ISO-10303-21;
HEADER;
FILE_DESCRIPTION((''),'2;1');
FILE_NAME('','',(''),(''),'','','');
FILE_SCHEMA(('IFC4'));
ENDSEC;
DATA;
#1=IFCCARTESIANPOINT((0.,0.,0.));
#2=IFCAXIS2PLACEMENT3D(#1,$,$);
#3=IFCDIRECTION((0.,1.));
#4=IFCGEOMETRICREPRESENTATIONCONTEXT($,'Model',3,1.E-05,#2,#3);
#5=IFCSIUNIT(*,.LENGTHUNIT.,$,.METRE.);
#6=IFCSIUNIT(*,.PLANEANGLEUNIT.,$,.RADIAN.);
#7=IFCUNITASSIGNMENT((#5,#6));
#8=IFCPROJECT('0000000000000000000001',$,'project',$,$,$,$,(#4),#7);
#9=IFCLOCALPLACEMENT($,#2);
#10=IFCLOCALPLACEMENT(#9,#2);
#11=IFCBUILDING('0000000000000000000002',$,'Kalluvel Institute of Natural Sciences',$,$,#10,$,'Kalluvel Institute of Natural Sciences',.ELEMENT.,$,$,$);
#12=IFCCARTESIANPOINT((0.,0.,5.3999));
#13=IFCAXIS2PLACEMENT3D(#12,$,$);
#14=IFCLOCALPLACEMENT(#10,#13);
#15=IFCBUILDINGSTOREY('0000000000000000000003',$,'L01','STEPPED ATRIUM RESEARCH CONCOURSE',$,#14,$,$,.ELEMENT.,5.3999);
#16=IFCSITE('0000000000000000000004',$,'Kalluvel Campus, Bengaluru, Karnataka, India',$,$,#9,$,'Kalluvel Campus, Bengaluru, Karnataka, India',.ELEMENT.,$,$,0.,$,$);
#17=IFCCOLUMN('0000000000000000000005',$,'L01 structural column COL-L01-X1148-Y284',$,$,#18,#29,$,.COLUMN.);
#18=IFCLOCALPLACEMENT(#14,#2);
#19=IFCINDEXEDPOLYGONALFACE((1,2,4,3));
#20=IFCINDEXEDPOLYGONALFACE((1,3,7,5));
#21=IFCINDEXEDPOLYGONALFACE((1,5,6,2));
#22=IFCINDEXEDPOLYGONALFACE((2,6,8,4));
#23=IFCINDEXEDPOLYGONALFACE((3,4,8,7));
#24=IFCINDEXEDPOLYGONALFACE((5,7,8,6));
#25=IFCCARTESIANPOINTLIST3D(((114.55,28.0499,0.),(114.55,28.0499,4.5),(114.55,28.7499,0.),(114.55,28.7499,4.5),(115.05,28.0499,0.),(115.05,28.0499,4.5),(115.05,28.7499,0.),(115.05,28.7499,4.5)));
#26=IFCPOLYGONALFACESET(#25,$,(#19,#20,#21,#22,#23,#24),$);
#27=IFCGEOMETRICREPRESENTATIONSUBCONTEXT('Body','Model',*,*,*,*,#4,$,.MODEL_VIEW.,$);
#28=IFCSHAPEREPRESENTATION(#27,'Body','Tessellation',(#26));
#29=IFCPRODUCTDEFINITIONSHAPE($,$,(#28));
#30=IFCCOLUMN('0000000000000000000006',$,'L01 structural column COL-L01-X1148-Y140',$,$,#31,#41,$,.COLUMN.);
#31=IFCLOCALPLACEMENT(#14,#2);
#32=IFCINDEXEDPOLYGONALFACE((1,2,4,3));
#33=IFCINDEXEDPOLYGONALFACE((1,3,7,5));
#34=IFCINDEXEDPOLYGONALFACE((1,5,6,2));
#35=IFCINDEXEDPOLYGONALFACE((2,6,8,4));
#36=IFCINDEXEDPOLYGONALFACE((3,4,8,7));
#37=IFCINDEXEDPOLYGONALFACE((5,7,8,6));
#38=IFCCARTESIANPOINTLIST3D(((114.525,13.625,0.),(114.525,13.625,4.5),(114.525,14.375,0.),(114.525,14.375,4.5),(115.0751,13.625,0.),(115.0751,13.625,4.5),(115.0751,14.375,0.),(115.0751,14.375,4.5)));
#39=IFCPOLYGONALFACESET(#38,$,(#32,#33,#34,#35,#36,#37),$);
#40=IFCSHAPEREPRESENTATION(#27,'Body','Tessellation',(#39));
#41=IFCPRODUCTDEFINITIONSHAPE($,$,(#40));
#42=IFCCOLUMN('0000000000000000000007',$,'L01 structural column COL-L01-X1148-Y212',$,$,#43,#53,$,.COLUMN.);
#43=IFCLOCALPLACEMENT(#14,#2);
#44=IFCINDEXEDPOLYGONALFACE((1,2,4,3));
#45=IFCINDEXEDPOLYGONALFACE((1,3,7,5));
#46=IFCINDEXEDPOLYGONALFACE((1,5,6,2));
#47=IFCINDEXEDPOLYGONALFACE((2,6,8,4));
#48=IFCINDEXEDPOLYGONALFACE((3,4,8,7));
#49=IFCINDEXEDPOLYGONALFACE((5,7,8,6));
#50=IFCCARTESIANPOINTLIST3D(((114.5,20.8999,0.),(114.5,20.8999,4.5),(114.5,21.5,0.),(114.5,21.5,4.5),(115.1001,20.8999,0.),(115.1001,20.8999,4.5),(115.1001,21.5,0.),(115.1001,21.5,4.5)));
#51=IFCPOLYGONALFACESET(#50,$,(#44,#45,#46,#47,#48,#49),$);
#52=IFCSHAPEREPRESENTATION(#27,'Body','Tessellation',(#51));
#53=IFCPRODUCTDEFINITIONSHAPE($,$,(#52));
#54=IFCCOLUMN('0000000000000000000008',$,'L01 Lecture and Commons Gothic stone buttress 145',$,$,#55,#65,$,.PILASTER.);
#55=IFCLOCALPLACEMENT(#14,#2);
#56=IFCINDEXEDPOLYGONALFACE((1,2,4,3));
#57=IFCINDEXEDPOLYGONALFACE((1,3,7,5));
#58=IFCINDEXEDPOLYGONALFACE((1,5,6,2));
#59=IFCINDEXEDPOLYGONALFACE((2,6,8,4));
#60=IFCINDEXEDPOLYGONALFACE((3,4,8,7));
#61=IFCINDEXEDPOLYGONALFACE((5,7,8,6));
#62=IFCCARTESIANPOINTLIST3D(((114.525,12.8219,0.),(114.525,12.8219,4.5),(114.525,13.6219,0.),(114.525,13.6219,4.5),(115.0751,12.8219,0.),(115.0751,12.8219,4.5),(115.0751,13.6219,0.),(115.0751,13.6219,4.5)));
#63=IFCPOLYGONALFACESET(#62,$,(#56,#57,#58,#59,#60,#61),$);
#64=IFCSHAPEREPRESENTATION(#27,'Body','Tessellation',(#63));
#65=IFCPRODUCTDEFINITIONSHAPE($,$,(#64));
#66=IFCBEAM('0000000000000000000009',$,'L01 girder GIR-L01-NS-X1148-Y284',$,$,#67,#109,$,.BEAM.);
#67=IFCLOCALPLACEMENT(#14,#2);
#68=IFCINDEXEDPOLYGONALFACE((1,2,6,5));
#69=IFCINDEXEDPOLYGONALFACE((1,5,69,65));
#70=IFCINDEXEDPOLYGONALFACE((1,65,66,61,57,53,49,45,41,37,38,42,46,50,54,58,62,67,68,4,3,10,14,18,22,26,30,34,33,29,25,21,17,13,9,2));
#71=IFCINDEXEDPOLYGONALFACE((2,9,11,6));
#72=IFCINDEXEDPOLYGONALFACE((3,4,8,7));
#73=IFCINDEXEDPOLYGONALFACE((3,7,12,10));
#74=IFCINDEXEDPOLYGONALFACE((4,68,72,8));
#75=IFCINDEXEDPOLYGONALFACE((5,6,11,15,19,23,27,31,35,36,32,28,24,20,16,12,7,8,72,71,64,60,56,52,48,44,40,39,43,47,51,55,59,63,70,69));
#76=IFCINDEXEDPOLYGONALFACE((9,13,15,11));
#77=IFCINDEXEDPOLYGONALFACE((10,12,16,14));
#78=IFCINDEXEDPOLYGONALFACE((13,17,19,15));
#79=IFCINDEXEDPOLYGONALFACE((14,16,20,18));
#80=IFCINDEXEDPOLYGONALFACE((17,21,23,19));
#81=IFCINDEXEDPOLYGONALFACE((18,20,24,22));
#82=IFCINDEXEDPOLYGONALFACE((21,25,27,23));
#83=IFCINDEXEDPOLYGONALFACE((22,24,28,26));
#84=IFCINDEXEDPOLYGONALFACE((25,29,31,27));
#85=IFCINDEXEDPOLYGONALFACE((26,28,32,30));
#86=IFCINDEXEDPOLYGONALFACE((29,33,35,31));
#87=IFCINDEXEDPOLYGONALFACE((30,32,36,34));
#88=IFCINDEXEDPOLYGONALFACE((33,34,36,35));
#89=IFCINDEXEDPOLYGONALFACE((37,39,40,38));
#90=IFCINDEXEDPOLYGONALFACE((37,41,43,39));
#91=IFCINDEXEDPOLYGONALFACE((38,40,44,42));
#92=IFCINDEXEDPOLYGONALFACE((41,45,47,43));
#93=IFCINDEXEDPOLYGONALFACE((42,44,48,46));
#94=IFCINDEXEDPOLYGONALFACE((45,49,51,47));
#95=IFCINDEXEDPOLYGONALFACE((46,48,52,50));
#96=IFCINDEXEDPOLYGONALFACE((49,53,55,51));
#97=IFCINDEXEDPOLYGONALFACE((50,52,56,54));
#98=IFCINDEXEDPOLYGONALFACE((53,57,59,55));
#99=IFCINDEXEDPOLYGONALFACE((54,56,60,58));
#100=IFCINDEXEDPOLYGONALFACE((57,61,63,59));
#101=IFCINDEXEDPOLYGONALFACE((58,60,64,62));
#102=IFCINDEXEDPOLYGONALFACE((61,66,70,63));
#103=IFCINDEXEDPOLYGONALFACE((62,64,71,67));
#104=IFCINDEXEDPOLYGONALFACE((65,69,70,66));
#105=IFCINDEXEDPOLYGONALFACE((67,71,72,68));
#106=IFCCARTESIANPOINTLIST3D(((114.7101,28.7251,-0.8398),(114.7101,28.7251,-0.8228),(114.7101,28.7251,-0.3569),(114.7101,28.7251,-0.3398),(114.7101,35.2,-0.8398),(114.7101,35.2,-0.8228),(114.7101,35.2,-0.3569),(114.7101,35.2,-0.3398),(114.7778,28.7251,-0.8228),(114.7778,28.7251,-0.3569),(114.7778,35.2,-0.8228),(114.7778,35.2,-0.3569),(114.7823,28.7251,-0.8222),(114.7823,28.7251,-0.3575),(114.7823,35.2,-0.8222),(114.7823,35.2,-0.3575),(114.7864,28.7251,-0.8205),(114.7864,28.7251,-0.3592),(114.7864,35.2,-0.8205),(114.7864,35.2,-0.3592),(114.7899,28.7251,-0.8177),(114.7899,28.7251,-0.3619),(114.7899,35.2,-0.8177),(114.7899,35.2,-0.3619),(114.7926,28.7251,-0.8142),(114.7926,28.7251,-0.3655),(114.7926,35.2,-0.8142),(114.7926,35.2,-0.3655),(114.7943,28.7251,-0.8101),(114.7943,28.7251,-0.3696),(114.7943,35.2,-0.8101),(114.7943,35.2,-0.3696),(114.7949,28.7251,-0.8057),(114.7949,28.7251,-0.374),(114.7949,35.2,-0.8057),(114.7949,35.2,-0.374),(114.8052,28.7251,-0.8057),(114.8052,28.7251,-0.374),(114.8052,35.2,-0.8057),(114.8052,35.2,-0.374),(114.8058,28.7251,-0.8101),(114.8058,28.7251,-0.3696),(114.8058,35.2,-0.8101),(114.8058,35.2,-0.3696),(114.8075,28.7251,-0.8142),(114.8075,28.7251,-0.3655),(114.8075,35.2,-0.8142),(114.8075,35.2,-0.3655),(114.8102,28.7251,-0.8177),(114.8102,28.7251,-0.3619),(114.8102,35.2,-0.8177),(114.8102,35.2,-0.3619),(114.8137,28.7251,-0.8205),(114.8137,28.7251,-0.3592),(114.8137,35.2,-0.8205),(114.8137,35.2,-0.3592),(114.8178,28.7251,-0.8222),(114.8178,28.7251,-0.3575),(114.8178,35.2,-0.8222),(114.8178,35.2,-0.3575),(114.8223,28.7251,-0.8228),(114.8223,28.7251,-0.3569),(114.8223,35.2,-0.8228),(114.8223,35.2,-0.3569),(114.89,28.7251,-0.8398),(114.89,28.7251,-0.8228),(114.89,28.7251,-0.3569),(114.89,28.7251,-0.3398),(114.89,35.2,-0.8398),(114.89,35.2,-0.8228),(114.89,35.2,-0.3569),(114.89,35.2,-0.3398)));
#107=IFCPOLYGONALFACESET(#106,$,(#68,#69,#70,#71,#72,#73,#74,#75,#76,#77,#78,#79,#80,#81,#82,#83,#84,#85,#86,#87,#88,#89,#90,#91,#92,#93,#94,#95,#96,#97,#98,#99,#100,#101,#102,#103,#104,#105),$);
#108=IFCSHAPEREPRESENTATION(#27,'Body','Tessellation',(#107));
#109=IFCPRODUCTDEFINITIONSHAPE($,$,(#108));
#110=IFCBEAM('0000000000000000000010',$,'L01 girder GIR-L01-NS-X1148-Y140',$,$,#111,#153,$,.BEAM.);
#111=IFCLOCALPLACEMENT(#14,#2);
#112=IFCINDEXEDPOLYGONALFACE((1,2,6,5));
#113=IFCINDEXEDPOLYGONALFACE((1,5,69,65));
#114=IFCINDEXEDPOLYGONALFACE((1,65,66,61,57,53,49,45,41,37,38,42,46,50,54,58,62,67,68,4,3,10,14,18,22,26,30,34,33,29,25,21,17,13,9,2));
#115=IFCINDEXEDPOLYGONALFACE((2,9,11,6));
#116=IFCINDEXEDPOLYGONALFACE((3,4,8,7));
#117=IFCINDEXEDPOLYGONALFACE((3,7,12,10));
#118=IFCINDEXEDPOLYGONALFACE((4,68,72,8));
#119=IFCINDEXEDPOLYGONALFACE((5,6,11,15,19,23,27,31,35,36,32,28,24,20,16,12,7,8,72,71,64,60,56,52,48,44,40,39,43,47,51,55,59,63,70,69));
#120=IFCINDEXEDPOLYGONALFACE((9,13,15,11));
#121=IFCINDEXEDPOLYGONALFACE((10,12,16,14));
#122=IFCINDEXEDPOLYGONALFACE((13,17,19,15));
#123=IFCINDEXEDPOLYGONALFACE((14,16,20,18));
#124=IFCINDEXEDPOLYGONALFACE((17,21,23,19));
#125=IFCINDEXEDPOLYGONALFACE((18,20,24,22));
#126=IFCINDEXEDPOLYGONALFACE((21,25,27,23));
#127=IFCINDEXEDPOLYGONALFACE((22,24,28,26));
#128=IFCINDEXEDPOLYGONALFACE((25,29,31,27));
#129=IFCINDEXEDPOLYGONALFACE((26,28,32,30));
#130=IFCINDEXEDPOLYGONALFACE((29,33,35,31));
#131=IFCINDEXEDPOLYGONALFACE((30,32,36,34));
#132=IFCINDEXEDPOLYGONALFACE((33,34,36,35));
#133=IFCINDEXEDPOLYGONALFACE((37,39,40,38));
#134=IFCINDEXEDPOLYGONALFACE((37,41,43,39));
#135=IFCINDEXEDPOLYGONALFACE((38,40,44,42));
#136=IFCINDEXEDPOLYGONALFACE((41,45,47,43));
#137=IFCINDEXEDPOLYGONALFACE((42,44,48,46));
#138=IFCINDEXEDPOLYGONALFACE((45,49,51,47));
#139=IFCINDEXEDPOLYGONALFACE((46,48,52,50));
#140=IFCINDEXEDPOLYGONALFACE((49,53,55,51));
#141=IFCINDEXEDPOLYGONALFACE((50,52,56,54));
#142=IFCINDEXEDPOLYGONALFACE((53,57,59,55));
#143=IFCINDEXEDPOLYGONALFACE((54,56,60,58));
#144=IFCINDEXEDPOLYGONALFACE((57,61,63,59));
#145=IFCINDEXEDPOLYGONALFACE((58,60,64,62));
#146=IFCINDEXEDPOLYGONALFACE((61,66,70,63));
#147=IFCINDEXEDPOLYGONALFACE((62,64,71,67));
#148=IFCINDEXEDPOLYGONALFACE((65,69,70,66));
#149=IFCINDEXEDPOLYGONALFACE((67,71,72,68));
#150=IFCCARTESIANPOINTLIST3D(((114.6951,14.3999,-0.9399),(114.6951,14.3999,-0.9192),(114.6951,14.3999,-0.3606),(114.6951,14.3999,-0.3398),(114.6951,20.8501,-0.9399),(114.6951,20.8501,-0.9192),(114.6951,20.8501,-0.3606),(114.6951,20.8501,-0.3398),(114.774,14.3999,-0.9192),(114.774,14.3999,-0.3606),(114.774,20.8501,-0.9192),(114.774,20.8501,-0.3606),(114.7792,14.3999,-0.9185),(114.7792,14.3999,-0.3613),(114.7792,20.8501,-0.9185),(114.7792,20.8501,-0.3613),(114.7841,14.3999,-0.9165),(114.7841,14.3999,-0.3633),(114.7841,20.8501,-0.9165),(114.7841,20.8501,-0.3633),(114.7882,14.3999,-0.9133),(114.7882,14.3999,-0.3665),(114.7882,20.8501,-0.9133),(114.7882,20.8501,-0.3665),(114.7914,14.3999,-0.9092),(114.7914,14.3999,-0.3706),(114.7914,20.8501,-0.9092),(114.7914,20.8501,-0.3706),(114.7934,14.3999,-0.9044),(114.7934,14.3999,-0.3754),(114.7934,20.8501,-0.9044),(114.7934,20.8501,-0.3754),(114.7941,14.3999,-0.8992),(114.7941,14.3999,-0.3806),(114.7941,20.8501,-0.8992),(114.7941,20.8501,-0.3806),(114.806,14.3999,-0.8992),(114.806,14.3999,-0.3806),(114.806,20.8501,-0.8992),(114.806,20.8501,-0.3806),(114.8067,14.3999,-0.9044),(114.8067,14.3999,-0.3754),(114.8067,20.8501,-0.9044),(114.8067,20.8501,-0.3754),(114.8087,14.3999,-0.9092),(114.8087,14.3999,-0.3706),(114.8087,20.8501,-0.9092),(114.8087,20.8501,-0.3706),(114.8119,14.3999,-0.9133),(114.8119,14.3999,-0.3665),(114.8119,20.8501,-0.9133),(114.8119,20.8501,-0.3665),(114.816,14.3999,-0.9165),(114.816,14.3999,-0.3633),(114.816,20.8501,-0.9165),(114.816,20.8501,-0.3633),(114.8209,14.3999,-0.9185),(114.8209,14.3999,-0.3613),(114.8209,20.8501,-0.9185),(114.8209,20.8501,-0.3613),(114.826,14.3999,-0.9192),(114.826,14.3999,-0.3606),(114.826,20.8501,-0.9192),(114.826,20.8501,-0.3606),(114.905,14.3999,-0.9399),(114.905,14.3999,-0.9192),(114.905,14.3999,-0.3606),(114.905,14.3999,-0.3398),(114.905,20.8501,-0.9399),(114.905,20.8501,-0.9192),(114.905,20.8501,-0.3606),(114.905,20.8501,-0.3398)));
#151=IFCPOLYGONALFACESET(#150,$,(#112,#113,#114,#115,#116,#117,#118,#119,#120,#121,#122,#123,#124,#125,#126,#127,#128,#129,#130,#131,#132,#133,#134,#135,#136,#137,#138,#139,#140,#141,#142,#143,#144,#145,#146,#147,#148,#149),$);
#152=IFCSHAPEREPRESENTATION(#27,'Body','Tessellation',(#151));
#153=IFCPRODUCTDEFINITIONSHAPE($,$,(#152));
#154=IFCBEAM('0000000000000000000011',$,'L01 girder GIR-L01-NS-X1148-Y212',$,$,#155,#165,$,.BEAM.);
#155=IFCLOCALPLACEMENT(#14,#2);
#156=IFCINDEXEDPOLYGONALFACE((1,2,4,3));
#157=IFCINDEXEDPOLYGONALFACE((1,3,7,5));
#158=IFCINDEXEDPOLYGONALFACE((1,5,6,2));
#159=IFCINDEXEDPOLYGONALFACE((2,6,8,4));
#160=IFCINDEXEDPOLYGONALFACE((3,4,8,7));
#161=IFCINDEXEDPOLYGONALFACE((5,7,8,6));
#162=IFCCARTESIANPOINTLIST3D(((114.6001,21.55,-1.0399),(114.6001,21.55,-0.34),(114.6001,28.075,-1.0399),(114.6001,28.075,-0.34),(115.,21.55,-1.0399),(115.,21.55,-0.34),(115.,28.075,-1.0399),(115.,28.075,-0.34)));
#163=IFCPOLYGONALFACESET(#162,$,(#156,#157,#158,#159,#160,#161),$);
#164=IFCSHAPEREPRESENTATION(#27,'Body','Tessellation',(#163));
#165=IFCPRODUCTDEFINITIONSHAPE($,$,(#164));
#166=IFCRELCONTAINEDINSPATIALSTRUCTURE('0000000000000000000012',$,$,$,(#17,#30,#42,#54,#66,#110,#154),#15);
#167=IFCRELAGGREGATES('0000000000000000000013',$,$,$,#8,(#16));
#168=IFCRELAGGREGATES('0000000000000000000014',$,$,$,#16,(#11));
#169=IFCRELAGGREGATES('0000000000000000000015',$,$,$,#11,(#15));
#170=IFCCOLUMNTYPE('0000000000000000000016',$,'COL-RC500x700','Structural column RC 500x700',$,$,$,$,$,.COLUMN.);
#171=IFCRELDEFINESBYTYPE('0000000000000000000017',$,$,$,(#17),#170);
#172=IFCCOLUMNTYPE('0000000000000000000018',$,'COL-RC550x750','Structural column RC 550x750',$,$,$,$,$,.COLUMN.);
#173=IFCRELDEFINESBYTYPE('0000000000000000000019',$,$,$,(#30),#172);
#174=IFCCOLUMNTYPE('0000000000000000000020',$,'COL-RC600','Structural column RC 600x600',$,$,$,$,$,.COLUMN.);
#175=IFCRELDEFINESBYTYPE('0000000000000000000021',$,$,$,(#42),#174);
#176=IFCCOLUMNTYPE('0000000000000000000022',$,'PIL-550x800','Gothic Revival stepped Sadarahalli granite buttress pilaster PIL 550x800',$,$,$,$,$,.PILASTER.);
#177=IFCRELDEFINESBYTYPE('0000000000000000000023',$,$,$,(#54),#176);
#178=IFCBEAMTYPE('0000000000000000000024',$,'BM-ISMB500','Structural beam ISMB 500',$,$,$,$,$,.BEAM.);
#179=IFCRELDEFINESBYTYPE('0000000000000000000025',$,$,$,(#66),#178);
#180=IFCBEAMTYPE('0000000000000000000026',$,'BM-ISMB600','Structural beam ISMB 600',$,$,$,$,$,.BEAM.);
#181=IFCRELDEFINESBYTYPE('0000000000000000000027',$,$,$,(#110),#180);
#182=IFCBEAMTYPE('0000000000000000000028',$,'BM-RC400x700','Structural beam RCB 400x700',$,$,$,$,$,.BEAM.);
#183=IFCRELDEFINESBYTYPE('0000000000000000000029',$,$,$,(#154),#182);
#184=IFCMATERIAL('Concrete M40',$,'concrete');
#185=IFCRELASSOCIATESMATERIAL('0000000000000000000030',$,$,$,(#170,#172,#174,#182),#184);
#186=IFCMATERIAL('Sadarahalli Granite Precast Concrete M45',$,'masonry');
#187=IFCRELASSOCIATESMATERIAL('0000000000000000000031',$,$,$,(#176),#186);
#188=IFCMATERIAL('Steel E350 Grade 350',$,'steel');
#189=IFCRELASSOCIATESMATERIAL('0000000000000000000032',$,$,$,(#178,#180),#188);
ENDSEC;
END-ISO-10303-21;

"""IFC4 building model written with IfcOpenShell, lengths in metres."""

from ifc_helpers import new_model, si_unit, direction, frame, origin, origin_2d, place, context, subcontext, project, spatial, rectangle, i_section, extrude, material, material_profile, profile_set, type_object, element, save


model = new_model("IFC4")

# Units and contexts
model_context = context("Model", 3, precision=1e-05, world=origin(), true_north=direction((0.0, 1.0)))
body_context = subcontext(model_context, "Body", "Model", "MODEL_VIEW")
ifc_project = project(units=[si_unit("LENGTHUNIT", "METRE"), si_unit("PLANEANGLEUNIT", "RADIAN")], contexts=[model_context])

# Site, building, storey
site_placement = place(None, origin())
site = spatial("IfcSite", under=ifc_project, at=site_placement, Name="Kalluvel Campus, Bengaluru, Karnataka, India", LongName="Kalluvel Campus, Bengaluru, Karnataka, India", CompositionType="ELEMENT", RefElevation=0.0)
building_placement = place(site_placement, origin())
building = spatial("IfcBuilding", under=site, at=building_placement, Name="Kalluvel Institute of Natural Sciences", LongName="Kalluvel Institute of Natural Sciences", CompositionType="ELEMENT")
storey_placement = place(building_placement, frame((0.0, 0.0, 5.3999)))
storey = spatial("IfcBuildingStorey", under=building, at=storey_placement, Name="L01", Description="STEPPED ATRIUM RESEARCH CONCOURSE", CompositionType="ELEMENT", Elevation=5.3999)

# Columns
ifc_material_1 = material(Name="Concrete M40", Category="concrete")
ifc_material_profile_1 = material_profile(ifc_material_1, rectangle(XDim=0.5, YDim=0.7, at=origin_2d()), Name="RC 500x700")
ifc_profile_set_1 = profile_set([ifc_material_profile_1], Name="Concrete M40")
column_type_1 = type_object("IfcColumnType", Name="COL-RC500x700", Description="Structural column RC 500x700", PredefinedType="COLUMN", material=ifc_profile_set_1)
column_1_placement = place(storey_placement, frame((114.8, 28.3999, 0.0), z_axis=(0.0, 0.0, 1.0), x_axis=(1.0, 0.0, 0.0)))
element("IfcColumn", 1, at=column_1_placement, inside=storey, type_object=column_type_1, Name="L01 structural column COL-L01-X1148-Y284", PredefinedType="COLUMN", context=body_context, shape_type="SweptSolid", body=[
    extrude(rectangle(XDim=0.5, YDim=0.7, at=origin_2d()), origin(), (0.0, 0.0, 1.0), 4.5),
])
ifc_material_profile_2 = material_profile(ifc_material_1, rectangle(XDim=0.55, YDim=0.75, at=origin_2d()), Name="RC 550x750")
ifc_profile_set_2 = profile_set([ifc_material_profile_2], Name="Concrete M40")
column_type_2 = type_object("IfcColumnType", Name="COL-RC550x750", Description="Structural column RC 550x750", PredefinedType="COLUMN", material=ifc_profile_set_2)
column_2_placement = place(storey_placement, frame((114.8, 14.0, 0.0), z_axis=(0.0, 0.0, 1.0), x_axis=(1.0, 0.0, 0.0)))
element("IfcColumn", 2, at=column_2_placement, inside=storey, type_object=column_type_2, Name="L01 structural column COL-L01-X1148-Y140", PredefinedType="COLUMN", context=body_context, shape_type="SweptSolid", body=[
    extrude(rectangle(XDim=0.55, YDim=0.75, at=origin_2d()), origin(), (0.0, 0.0, 1.0), 4.5),
])
ifc_material_profile_3 = material_profile(ifc_material_1, rectangle(XDim=0.6001, YDim=0.6001, at=origin_2d()), Name="RC 600x600")
ifc_profile_set_3 = profile_set([ifc_material_profile_3], Name="Concrete M40")
column_type_3 = type_object("IfcColumnType", Name="COL-RC600", Description="Structural column RC 600x600", PredefinedType="COLUMN", material=ifc_profile_set_3)
column_3_placement = place(storey_placement, frame((114.8, 21.2, 0.0), z_axis=(0.0, 0.0, 1.0), x_axis=(1.0, 0.0, 0.0)))
element("IfcColumn", 3, at=column_3_placement, inside=storey, type_object=column_type_3, Name="L01 structural column COL-L01-X1148-Y212", PredefinedType="COLUMN", context=body_context, shape_type="SweptSolid", body=[
    extrude(rectangle(XDim=0.6001, YDim=0.6001, at=origin_2d()), origin(), (0.0, 0.0, 1.0), 4.5),
])
ifc_material_2 = material(Name="Sadarahalli Granite Precast Concrete M45", Category="masonry")
ifc_material_profile_4 = material_profile(ifc_material_2, rectangle(XDim=0.55, YDim=0.8, at=origin_2d()), Name="PIL 550x800")
ifc_profile_set_4 = profile_set([ifc_material_profile_4], Name="Sadarahalli Granite Precast Concrete M45")
column_type_4 = type_object("IfcColumnType", Name="PIL-550x800", Description="Gothic Revival stepped Sadarahalli granite buttress pilaster PIL 550x800", PredefinedType="PILASTER", material=ifc_profile_set_4)
column_4_placement = place(storey_placement, frame((114.8, 13.2219, 0.0), z_axis=(0.0, 0.0, 1.0), x_axis=(1.0, 0.0, 0.0)))
element("IfcColumn", 4, at=column_4_placement, inside=storey, type_object=column_type_4, Name="L01 Lecture and Commons Gothic stone buttress 145", PredefinedType="PILASTER", context=body_context, shape_type="SweptSolid", body=[
    extrude(rectangle(XDim=0.55, YDim=0.8, at=origin_2d()), origin(), (0.0, 0.0, 1.0), 4.5),
])

# Beams
ifc_material_3 = material(Name="Steel E350 Grade 350", Category="steel")
ifc_material_profile_5 = material_profile(ifc_material_3, i_section(OverallWidth=0.1799, OverallDepth=0.5, WebThickness=0.0103, FlangeThickness=0.0171, FilletRadius=0.0171, at=origin_2d()), Name="ISMB 500")
ifc_profile_set_5 = profile_set([ifc_material_profile_5], Name="Steel E350 Grade 350")
beam_type_1 = type_object("IfcBeamType", Name="BM-ISMB500", Description="Structural beam ISMB 500", PredefinedType="BEAM", material=ifc_profile_set_5)
beam_1_placement = place(storey_placement, frame((114.8, 28.7251, -0.5898), z_axis=(0.0, 1.0, 0.0), x_axis=(-1.0, 0.0, 0.0)))
element("IfcBeam", 5, at=beam_1_placement, inside=storey, type_object=beam_type_1, Name="L01 girder GIR-L01-NS-X1148-Y284", PredefinedType="BEAM", context=body_context, shape_type="SweptSolid", body=[
    extrude(i_section(OverallWidth=0.1799, OverallDepth=0.5, WebThickness=0.0103, FlangeThickness=0.0171, FilletRadius=0.0171, at=origin_2d()), origin(), (0.0, 0.0, 1.0), 6.4749),
])
ifc_material_profile_6 = material_profile(ifc_material_3, i_section(OverallWidth=0.21, OverallDepth=0.6001, WebThickness=0.012, FlangeThickness=0.0208, FilletRadius=0.02, at=origin_2d()), Name="ISMB 600")
ifc_profile_set_6 = profile_set([ifc_material_profile_6], Name="Steel E350 Grade 350")
beam_type_2 = type_object("IfcBeamType", Name="BM-ISMB600", Description="Structural beam ISMB 600", PredefinedType="BEAM", material=ifc_profile_set_6)
beam_2_placement = place(storey_placement, frame((114.8, 14.3999, -0.6399), z_axis=(0.0, 1.0, 0.0), x_axis=(-1.0, 0.0, 0.0)))
element("IfcBeam", 6, at=beam_2_placement, inside=storey, type_object=beam_type_2, Name="L01 girder GIR-L01-NS-X1148-Y140", PredefinedType="BEAM", context=body_context, shape_type="SweptSolid", body=[
    extrude(i_section(OverallWidth=0.21, OverallDepth=0.6001, WebThickness=0.012, FlangeThickness=0.0208, FilletRadius=0.02, at=origin_2d()), origin(), (0.0, 0.0, 1.0), 6.4502),
])
ifc_material_profile_7 = material_profile(ifc_material_1, rectangle(XDim=0.3999, YDim=0.7, at=origin_2d()), Name="RCB 400x700")
ifc_profile_set_7 = profile_set([ifc_material_profile_7], Name="Concrete M40")
beam_type_3 = type_object("IfcBeamType", Name="BM-RC400x700", Description="Structural beam RCB 400x700", PredefinedType="BEAM", material=ifc_profile_set_7)
beam_3_placement = place(storey_placement, frame((114.8, 21.55, -0.6899), z_axis=(0.0, 1.0, 0.0), x_axis=(-1.0, 0.0, 0.0)))
element("IfcBeam", 7, at=beam_3_placement, inside=storey, type_object=beam_type_3, Name="L01 girder GIR-L01-NS-X1148-Y212", PredefinedType="BEAM", context=body_context, shape_type="SweptSolid", body=[
    extrude(rectangle(XDim=0.3999, YDim=0.7, at=origin_2d()), origin(), (0.0, 0.0, 1.0), 6.5249),
])

save(model, "model.ifc")
